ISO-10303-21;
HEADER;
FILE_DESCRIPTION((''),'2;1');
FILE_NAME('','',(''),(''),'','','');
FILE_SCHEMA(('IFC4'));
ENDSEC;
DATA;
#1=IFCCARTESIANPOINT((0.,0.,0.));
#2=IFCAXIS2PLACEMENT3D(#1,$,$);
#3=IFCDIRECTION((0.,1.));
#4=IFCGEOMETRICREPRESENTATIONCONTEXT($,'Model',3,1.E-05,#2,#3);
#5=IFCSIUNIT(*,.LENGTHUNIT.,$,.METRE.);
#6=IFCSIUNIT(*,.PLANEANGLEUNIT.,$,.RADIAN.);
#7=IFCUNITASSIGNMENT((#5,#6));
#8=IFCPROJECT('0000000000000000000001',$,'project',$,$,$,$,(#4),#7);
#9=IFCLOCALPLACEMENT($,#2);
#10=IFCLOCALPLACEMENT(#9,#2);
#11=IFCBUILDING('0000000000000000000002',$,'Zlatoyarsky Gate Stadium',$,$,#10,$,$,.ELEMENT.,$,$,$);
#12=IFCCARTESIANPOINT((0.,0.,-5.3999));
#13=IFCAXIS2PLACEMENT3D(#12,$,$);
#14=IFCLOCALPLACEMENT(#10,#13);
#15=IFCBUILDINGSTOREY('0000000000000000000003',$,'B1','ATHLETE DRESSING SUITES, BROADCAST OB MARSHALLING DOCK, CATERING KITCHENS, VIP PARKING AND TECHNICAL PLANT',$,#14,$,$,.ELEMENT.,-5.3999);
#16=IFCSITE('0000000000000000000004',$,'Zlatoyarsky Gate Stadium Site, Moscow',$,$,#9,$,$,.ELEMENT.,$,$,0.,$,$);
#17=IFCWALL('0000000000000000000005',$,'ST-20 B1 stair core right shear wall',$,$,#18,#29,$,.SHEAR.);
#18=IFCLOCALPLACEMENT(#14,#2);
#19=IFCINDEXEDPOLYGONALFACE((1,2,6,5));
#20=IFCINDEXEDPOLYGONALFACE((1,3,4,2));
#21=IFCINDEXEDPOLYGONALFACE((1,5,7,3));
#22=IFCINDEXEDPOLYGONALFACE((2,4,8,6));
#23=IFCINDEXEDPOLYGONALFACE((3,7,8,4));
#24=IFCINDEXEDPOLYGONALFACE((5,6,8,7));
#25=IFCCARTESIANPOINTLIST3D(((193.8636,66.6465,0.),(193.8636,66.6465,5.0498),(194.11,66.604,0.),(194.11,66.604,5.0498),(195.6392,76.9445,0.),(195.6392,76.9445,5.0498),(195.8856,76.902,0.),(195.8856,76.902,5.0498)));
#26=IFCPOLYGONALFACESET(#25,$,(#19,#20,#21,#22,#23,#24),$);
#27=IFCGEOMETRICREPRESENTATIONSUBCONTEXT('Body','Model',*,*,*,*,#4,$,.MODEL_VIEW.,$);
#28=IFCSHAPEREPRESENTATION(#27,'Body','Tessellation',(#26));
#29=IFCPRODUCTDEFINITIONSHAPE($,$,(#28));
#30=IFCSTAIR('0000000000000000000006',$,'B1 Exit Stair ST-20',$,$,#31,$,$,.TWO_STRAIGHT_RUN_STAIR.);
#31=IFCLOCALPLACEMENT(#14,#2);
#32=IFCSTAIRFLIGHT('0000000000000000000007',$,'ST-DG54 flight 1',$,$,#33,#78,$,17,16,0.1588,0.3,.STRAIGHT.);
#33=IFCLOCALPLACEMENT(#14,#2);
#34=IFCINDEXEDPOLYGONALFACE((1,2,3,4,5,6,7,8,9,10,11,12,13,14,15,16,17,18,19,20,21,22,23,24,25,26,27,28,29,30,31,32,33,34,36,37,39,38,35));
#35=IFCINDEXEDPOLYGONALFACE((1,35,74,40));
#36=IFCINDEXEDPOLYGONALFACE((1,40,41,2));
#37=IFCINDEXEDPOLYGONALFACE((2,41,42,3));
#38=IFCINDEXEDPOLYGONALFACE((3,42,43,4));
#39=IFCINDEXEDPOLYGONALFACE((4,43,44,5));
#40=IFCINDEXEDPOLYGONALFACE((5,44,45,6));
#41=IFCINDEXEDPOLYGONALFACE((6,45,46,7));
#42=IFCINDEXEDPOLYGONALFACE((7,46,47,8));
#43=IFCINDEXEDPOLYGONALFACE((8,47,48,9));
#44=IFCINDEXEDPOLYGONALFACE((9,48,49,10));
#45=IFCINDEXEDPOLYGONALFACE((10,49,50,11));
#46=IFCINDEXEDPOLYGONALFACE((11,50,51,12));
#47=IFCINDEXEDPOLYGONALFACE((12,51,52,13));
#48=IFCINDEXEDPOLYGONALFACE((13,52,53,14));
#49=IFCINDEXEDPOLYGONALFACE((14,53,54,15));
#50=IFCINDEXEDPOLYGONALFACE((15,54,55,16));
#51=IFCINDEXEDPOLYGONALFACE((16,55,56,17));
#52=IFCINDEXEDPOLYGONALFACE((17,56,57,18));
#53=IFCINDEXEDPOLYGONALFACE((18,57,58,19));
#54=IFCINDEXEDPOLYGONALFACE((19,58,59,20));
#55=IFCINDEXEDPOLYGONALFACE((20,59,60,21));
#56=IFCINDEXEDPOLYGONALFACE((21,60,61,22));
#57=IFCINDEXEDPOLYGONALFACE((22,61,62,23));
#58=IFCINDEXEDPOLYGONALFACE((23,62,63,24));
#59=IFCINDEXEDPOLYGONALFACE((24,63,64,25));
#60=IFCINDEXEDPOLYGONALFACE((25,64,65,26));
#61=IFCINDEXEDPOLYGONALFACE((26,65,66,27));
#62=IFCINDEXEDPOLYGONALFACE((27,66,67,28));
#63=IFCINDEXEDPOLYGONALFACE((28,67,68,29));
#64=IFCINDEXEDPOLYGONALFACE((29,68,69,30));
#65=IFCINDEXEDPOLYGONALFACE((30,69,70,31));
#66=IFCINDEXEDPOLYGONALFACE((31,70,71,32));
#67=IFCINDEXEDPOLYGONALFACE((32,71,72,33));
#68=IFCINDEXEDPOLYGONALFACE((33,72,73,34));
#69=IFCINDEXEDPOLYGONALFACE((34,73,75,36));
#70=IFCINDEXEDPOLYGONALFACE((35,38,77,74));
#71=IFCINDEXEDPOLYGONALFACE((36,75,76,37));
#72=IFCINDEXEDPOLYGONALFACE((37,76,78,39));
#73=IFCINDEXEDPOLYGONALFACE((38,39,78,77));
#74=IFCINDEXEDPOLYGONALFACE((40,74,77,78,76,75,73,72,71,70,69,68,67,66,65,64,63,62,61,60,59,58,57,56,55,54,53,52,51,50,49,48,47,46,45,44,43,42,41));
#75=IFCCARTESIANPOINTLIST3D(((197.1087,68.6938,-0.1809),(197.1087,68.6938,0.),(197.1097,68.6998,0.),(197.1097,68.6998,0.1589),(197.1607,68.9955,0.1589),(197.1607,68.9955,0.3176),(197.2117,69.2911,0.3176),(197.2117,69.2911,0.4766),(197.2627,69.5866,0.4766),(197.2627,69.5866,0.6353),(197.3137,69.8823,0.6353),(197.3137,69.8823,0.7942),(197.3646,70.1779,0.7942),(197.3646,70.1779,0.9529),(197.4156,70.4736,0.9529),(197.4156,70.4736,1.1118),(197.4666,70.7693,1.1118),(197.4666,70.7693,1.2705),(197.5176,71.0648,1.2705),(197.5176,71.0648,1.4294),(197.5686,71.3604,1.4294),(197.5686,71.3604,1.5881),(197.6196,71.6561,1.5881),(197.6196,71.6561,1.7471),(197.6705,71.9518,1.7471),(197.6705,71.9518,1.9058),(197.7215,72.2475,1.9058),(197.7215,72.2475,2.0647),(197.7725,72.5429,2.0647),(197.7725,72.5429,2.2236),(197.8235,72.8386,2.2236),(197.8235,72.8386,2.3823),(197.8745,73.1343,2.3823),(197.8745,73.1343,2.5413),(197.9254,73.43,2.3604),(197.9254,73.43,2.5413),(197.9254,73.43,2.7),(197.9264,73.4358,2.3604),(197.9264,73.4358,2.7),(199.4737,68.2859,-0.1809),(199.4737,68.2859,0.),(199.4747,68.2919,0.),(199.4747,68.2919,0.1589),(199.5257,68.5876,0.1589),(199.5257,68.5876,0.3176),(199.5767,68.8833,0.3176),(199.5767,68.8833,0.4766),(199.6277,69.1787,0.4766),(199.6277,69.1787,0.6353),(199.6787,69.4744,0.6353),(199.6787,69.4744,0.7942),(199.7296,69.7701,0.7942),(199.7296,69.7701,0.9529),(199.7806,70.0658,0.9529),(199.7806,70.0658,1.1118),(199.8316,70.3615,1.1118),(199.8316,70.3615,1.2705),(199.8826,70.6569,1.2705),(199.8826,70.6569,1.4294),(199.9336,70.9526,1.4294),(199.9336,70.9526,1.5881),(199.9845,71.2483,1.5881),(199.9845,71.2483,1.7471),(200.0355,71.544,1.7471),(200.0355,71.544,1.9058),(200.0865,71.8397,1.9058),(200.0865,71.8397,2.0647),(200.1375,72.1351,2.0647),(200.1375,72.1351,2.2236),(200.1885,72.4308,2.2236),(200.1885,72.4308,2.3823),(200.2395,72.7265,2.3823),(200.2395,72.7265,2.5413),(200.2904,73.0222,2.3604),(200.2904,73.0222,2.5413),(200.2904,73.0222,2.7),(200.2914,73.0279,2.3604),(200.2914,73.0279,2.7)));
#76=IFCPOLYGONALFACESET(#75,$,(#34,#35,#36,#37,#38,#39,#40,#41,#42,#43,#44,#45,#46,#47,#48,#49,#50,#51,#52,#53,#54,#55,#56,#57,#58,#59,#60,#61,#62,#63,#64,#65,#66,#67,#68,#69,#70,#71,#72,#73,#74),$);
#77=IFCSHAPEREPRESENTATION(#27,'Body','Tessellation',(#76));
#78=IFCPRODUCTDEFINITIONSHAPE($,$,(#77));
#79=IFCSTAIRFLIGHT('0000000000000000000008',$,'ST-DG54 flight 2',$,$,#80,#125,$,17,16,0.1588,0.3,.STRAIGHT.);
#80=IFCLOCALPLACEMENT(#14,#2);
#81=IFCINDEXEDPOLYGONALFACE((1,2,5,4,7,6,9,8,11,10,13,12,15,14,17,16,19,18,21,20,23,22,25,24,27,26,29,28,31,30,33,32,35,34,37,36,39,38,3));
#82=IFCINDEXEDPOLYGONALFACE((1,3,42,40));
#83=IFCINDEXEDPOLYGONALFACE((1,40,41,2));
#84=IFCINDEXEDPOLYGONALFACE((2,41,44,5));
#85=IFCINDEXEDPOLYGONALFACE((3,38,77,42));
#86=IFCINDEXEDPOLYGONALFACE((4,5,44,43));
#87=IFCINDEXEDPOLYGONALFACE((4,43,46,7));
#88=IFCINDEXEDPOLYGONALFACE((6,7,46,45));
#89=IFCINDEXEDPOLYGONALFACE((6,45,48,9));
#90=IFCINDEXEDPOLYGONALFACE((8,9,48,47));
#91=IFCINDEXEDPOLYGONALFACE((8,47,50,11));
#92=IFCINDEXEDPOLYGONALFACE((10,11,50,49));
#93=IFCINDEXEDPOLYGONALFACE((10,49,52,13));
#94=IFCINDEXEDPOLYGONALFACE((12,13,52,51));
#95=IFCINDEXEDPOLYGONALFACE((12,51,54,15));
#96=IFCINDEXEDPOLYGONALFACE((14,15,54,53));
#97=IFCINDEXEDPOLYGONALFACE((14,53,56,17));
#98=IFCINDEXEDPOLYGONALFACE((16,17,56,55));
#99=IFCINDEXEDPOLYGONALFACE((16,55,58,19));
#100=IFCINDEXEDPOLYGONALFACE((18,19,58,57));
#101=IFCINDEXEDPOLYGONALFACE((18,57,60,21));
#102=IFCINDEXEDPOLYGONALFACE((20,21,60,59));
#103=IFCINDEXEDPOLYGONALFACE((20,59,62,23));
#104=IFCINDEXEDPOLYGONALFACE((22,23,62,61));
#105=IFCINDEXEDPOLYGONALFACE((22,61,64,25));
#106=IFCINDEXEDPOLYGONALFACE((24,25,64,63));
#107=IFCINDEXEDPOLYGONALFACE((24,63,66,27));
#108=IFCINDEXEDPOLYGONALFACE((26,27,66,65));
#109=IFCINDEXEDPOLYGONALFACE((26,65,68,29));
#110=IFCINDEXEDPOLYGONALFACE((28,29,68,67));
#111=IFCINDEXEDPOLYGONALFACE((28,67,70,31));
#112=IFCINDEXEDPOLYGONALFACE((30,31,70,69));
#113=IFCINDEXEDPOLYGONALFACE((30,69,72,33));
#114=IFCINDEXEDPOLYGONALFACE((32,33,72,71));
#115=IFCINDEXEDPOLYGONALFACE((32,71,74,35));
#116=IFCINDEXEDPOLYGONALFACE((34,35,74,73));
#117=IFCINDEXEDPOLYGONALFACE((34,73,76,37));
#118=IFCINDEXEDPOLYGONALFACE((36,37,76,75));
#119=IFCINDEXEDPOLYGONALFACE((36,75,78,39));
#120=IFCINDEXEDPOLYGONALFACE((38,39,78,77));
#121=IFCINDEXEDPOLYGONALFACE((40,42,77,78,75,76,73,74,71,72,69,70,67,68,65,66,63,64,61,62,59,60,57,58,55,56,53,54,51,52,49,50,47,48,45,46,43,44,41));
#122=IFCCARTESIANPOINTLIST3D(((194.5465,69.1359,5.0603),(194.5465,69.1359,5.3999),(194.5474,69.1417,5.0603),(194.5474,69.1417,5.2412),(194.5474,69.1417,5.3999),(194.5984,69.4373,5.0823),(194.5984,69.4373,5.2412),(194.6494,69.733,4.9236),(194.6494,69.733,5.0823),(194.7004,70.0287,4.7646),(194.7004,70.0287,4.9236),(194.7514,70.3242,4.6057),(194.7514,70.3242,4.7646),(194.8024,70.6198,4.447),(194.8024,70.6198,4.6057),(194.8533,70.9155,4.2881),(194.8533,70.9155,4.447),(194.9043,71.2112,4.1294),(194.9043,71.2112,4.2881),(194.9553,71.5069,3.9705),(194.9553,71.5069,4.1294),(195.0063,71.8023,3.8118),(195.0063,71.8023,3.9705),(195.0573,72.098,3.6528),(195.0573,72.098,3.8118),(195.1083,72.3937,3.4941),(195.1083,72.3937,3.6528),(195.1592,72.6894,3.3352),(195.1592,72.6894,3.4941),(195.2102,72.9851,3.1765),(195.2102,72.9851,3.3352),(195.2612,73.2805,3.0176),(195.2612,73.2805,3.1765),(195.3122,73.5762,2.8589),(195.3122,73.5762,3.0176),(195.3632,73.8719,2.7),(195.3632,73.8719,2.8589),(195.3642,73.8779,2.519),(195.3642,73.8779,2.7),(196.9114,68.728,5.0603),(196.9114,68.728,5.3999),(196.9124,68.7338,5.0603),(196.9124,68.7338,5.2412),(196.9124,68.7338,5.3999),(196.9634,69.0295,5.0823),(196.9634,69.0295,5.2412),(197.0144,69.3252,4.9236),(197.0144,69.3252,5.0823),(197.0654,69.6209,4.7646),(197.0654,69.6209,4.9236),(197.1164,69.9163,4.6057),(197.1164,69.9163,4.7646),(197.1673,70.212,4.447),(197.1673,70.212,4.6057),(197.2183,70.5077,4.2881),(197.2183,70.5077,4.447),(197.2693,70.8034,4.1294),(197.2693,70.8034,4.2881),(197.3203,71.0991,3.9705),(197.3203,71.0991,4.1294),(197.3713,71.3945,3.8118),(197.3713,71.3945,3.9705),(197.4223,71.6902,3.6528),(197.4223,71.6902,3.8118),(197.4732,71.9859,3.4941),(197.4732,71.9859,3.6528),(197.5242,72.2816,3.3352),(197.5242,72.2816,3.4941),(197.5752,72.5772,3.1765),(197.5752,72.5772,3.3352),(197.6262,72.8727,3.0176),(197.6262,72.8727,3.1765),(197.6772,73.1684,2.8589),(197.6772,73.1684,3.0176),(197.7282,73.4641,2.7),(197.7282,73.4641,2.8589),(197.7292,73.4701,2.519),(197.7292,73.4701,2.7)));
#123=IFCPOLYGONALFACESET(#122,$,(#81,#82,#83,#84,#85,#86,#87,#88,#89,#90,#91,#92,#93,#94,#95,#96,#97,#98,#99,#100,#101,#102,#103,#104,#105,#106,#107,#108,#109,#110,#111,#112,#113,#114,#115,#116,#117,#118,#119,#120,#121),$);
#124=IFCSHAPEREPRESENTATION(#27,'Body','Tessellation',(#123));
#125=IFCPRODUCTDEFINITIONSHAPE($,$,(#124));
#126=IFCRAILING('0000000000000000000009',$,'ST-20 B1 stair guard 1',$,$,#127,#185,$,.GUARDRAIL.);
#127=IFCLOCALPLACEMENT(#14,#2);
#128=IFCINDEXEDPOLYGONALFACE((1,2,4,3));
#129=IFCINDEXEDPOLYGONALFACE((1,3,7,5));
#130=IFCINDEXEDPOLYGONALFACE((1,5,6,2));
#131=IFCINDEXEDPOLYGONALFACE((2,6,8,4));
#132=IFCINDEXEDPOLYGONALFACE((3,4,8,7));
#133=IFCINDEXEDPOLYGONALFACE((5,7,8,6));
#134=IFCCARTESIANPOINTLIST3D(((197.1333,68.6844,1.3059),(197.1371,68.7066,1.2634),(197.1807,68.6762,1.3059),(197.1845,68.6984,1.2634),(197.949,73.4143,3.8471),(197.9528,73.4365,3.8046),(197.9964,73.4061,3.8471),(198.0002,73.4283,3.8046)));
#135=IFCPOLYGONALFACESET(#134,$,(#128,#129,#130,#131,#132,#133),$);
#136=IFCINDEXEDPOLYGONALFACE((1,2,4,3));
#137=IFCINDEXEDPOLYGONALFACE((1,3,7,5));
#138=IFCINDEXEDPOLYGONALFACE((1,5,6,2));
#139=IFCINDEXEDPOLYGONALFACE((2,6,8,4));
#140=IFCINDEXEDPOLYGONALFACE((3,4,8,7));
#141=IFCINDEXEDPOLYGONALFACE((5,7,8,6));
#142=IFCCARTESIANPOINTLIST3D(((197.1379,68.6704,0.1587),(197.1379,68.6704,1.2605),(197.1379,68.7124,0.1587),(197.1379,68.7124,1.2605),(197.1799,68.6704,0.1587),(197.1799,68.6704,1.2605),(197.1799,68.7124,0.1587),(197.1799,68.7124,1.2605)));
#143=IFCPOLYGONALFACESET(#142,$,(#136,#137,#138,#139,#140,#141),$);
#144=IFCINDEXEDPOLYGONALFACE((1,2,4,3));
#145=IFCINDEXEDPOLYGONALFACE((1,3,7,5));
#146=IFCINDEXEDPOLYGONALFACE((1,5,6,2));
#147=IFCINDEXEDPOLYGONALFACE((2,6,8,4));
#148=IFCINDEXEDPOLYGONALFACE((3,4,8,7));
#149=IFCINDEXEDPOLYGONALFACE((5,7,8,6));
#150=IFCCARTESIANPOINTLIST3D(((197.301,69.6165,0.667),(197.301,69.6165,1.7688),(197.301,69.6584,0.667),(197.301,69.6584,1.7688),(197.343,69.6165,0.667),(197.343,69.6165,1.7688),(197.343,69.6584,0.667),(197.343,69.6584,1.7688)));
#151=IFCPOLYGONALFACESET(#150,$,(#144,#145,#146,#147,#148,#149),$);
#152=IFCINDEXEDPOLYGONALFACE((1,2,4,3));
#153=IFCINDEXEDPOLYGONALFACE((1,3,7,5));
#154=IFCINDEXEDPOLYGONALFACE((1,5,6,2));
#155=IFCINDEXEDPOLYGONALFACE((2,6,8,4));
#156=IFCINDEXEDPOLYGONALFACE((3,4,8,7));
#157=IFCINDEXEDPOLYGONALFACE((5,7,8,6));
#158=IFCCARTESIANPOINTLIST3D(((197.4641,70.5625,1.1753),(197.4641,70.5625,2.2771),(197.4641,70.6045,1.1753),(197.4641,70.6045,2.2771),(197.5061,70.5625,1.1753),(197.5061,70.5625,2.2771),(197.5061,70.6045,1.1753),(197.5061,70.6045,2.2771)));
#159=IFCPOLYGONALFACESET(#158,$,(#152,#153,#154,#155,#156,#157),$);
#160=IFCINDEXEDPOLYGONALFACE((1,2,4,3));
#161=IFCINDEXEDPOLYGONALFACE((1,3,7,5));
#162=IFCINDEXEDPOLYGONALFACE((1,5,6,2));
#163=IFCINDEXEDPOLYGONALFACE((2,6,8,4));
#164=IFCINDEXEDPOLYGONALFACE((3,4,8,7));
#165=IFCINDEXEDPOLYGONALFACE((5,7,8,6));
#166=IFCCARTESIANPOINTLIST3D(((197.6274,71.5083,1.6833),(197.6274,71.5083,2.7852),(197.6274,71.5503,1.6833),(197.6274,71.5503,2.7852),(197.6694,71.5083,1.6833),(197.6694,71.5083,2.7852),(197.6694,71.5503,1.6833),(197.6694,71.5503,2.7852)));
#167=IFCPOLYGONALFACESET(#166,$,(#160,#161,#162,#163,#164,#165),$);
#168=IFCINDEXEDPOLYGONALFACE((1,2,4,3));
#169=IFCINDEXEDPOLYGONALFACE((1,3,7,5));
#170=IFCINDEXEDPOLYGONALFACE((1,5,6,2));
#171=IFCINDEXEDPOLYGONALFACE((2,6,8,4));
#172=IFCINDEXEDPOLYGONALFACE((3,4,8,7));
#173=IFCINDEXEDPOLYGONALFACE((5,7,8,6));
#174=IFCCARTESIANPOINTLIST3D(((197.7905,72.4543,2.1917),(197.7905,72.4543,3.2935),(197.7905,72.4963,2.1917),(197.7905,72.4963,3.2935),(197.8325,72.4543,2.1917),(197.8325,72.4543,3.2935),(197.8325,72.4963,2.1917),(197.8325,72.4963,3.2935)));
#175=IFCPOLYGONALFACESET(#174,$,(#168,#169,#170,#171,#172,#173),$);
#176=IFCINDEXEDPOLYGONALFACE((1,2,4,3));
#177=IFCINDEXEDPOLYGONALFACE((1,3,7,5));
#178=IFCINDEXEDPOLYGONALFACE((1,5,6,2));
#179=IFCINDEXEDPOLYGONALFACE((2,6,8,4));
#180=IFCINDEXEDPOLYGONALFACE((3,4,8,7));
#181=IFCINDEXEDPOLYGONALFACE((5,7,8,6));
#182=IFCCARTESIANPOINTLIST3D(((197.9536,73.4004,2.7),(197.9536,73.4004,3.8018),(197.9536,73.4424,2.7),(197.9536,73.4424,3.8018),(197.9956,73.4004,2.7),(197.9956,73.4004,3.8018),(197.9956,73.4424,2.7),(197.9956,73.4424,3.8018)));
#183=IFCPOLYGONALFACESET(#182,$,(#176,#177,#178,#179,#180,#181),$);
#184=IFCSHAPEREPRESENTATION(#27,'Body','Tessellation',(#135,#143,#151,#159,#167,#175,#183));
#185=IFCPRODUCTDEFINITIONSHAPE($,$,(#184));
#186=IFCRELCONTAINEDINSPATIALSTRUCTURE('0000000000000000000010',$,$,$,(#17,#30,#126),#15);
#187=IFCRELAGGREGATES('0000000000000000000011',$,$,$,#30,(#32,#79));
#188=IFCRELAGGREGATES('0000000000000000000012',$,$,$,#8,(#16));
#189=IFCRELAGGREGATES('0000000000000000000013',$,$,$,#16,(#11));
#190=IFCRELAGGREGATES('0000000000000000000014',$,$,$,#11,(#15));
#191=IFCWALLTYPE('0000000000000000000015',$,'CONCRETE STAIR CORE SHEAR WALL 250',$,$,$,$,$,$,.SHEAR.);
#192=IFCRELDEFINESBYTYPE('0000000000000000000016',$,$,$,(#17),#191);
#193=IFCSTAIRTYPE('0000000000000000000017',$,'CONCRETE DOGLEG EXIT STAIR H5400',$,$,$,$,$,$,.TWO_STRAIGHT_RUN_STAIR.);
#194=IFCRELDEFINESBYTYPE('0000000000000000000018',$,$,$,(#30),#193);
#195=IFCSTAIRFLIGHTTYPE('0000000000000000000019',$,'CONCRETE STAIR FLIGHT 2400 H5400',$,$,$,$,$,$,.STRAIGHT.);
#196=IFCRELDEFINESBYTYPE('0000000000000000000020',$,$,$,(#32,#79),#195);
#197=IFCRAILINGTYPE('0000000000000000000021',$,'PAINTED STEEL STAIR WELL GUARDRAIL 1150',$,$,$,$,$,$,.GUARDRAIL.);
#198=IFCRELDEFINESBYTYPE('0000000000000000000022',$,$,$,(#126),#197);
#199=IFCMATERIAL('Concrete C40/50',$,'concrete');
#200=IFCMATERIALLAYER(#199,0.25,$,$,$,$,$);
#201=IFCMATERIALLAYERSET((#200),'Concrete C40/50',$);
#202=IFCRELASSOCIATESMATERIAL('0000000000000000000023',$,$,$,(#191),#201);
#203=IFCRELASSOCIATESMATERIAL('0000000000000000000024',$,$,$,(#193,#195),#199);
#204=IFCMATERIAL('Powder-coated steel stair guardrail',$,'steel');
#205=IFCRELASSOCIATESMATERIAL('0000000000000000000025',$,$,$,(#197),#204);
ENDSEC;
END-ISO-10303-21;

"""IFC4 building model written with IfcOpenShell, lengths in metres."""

from ifc_helpers import new_model, si_unit, direction, frame, frame_2d, origin, origin_2d, place, context, subcontext, project, spatial, polyline, rectangle, outline, extrude, material, layer, layer_set, type_object, element, aggregate, save


model = new_model("IFC4")

# Units and contexts
model_context = context("Model", 3, precision=1e-05, world=origin(), true_north=direction((0.0, 1.0)))
body_context = subcontext(model_context, "Body", "Model", "MODEL_VIEW")
ifc_project = project(units=[si_unit("LENGTHUNIT", "METRE"), si_unit("PLANEANGLEUNIT", "RADIAN")], contexts=[model_context])

# Site, building, storey
site_placement = place(None, origin())
site = spatial("IfcSite", under=ifc_project, at=site_placement, Name="Zlatoyarsky Gate Stadium Site, Moscow", CompositionType="ELEMENT", RefElevation=0.0)
building_placement = place(site_placement, origin())
building = spatial("IfcBuilding", under=site, at=building_placement, Name="Zlatoyarsky Gate Stadium", CompositionType="ELEMENT")
storey_placement = place(building_placement, frame((0.0, 0.0, -5.3999)))
storey = spatial("IfcBuildingStorey", under=building, at=storey_placement, Name="B1", Description="ATHLETE DRESSING SUITES, BROADCAST OB MARSHALLING DOCK, CATERING KITCHENS, VIP PARKING AND TECHNICAL PLANT", CompositionType="ELEMENT", Elevation=-5.3999)

# Shared definitions
ifc_material_1 = material(Name="Concrete C40/50", Category="concrete")

# Wall
ifc_layer_1 = layer(ifc_material_1, 0.25)
ifc_layer_set_1 = layer_set([ifc_layer_1], Name="Concrete C40/50")
wall_type_1 = type_object("IfcWallType", Name="CONCRETE STAIR CORE SHEAR WALL 250", PredefinedType="SHEAR", material=ifc_layer_set_1)
wall_1_placement = place(storey_placement, frame((195.7625, 76.9233, 0.0), z_axis=(0.0, 0.0, 1.0), x_axis=(-0.169916, -0.985458, 0.0)))
element("IfcWall", 1, at=wall_1_placement, inside=storey, type_object=wall_type_1, Name="ST-20 B1 stair core right shear wall", PredefinedType="SHEAR", context=body_context, shape_type="SweptSolid", body=[
    extrude(rectangle(XDim=10.45, YDim=0.25, at=frame_2d((5.2251, 0.0))), origin(), (0.0, 0.0, 1.0), 5.0498),
])

# Stair, stair flights
stair_type = type_object("IfcStairType", Name="CONCRETE DOGLEG EXIT STAIR H5400", PredefinedType="TWO_STRAIGHT_RUN_STAIR", material=ifc_material_1)
stair_placement = place(storey_placement, origin())
stair = element("IfcStair", 2, at=stair_placement, inside=storey, type_object=stair_type, Name="B1 Exit Stair ST-20", PredefinedType="TWO_STRAIGHT_RUN_STAIR")
stair_flight_type = type_object("IfcStairFlightType", Name="CONCRETE STAIR FLIGHT 2400 H5400", PredefinedType="STRAIGHT", material=ifc_material_1)
stair_flight_1_placement = place(storey_placement, frame((198.2922, 68.4958, 0.0), z_axis=(0.0, 0.0, 1.0), x_axis=(0.169938, 0.985455, 0.0)))
stair_flight_1 = element("IfcStairFlight", 3, at=stair_flight_1_placement, type_object=stair_flight_type, Name="ST-DG54 flight 1", NumberOfRisers=17, NumberOfTreads=16, PredefinedType="STRAIGHT", RiserHeight=0.1588, TreadLength=0.3, context=body_context, shape_type="SweptSolid", body=[
    extrude(outline(polyline([(-0.0061, -0.1809), (-0.0061, 0.0), (0.0, 0.0), (0.0, 0.1589), (0.3, 0.1589), (0.3, 0.3176), (0.6001, 0.3176), (0.6001, 0.4766), (0.8999, 0.4766), (0.8999, 0.6353), (1.2, 0.6353), (1.2, 0.7942), (1.5, 0.7942), (1.5, 0.9529), (1.8, 0.9529), (1.8, 1.1118), (2.1001, 1.1118), (2.1001, 1.2705), (2.3999, 1.2705), (2.3999, 1.4294), (2.7, 1.4294), (2.7, 1.5881), (3.0, 1.5881), (3.0, 1.7471), (3.3, 1.7471), (3.3, 1.9058), (3.6001, 1.9058), (3.6001, 2.0647), (3.8999, 2.0647), (3.8999, 2.2236), (4.2, 2.2236), (4.2, 2.3823), (4.5, 2.3823), (4.5, 2.5413), (4.8, 2.5413), (4.8, 2.7), (4.8059, 2.7), (4.8059, 2.3604), (4.8, 2.3604), (-0.0061, -0.1809)])), frame((0.0, 1.2, 0.0), z_axis=(0.0, -1.0, 0.0), x_axis=(1.0, 0.0, 0.0)), (0.0, 0.0, 1.0), 2.3999),
])
stair_flight_2_placement = place(storey_placement, frame((196.5457, 73.668, 2.7), z_axis=(0.0, 0.0, 1.0), x_axis=(-0.169938, -0.985455, 0.0)))
stair_flight_2 = element("IfcStairFlight", 4, at=stair_flight_2_placement, type_object=stair_flight_type, Name="ST-DG54 flight 2", NumberOfRisers=17, NumberOfTreads=16, PredefinedType="STRAIGHT", RiserHeight=0.1588, TreadLength=0.3, context=body_context, shape_type="SweptSolid", body=[
    extrude(outline(polyline([(-0.0061, -0.1809), (-0.0061, 0.0), (0.0, 0.0), (0.0, 0.1589), (0.3, 0.1589), (0.3, 0.3176), (0.6001, 0.3176), (0.6001, 0.4766), (0.8999, 0.4766), (0.8999, 0.6353), (1.2, 0.6353), (1.2, 0.7942), (1.5, 0.7942), (1.5, 0.9529), (1.8, 0.9529), (1.8, 1.1118), (2.1001, 1.1118), (2.1001, 1.2705), (2.3999, 1.2705), (2.3999, 1.4294), (2.7, 1.4294), (2.7, 1.5881), (3.0, 1.5881), (3.0, 1.7471), (3.3, 1.7471), (3.3, 1.9058), (3.6001, 1.9058), (3.6001, 2.0647), (3.8999, 2.0647), (3.8999, 2.2236), (4.2, 2.2236), (4.2, 2.3823), (4.5, 2.3823), (4.5, 2.5413), (4.8, 2.5413), (4.8, 2.7), (4.8059, 2.7), (4.8059, 2.3604), (4.8, 2.3604), (-0.0061, -0.1809)])), frame((0.0, 1.2, 0.0), z_axis=(0.0, -1.0, 0.0), x_axis=(1.0, 0.0, 0.0)), (0.0, 0.0, 1.0), 2.3999),
])
aggregate(stair, [stair_flight_1, stair_flight_2])

# Railing
ifc_material_2 = material(Name="Powder-coated steel stair guardrail", Category="steel")
railing_type_1 = type_object("IfcRailingType", Name="PAINTED STEEL STAIR WELL GUARDRAIL 1150", PredefinedType="GUARDRAIL", material=ifc_material_2)
railing_1_placement = place(storey_placement, frame((197.1589, 68.6914, 0.1587)))
element("IfcRailing", 5, at=railing_1_placement, inside=storey, type_object=railing_type_1, Name="ST-20 B1 stair guard 1", PredefinedType="GUARDRAIL", context=body_context, shape_type="SweptSolid", body=[
    extrude(rectangle(XDim=0.0481, YDim=0.0481, at=origin_2d()), frame((0.0, 0.0, 1.126), z_axis=(0.150188, 0.870918, 0.467915), x_axis=(-0.985455, 0.169939, 0.0)), (0.0, 0.0, 1.0), 5.4309),
    extrude(rectangle(XDim=0.042, YDim=0.042, at=origin_2d()), origin(), (0.0, 0.0, 1.0), 1.1018),
    extrude(rectangle(XDim=0.042, YDim=0.042, at=origin_2d()), frame((0.1631, 0.946, 0.5083)), (0.0, 0.0, 1.0), 1.1018),
    extrude(rectangle(XDim=0.042, YDim=0.042, at=origin_2d()), frame((0.3262, 1.8921, 1.0166)), (0.0, 0.0, 1.0), 1.1018),
    extrude(rectangle(XDim=0.042, YDim=0.042, at=origin_2d()), frame((0.4895, 2.8379, 1.5247)), (0.0, 0.0, 1.0), 1.1018),
    extrude(rectangle(XDim=0.042, YDim=0.042, at=origin_2d()), frame((0.6526, 3.7839, 2.033)), (0.0, 0.0, 1.0), 1.1018),
    extrude(rectangle(XDim=0.042, YDim=0.042, at=origin_2d()), frame((0.8157, 4.73, 2.5413)), (0.0, 0.0, 1.0), 1.1018),
])

save(model, "model.ifc")
